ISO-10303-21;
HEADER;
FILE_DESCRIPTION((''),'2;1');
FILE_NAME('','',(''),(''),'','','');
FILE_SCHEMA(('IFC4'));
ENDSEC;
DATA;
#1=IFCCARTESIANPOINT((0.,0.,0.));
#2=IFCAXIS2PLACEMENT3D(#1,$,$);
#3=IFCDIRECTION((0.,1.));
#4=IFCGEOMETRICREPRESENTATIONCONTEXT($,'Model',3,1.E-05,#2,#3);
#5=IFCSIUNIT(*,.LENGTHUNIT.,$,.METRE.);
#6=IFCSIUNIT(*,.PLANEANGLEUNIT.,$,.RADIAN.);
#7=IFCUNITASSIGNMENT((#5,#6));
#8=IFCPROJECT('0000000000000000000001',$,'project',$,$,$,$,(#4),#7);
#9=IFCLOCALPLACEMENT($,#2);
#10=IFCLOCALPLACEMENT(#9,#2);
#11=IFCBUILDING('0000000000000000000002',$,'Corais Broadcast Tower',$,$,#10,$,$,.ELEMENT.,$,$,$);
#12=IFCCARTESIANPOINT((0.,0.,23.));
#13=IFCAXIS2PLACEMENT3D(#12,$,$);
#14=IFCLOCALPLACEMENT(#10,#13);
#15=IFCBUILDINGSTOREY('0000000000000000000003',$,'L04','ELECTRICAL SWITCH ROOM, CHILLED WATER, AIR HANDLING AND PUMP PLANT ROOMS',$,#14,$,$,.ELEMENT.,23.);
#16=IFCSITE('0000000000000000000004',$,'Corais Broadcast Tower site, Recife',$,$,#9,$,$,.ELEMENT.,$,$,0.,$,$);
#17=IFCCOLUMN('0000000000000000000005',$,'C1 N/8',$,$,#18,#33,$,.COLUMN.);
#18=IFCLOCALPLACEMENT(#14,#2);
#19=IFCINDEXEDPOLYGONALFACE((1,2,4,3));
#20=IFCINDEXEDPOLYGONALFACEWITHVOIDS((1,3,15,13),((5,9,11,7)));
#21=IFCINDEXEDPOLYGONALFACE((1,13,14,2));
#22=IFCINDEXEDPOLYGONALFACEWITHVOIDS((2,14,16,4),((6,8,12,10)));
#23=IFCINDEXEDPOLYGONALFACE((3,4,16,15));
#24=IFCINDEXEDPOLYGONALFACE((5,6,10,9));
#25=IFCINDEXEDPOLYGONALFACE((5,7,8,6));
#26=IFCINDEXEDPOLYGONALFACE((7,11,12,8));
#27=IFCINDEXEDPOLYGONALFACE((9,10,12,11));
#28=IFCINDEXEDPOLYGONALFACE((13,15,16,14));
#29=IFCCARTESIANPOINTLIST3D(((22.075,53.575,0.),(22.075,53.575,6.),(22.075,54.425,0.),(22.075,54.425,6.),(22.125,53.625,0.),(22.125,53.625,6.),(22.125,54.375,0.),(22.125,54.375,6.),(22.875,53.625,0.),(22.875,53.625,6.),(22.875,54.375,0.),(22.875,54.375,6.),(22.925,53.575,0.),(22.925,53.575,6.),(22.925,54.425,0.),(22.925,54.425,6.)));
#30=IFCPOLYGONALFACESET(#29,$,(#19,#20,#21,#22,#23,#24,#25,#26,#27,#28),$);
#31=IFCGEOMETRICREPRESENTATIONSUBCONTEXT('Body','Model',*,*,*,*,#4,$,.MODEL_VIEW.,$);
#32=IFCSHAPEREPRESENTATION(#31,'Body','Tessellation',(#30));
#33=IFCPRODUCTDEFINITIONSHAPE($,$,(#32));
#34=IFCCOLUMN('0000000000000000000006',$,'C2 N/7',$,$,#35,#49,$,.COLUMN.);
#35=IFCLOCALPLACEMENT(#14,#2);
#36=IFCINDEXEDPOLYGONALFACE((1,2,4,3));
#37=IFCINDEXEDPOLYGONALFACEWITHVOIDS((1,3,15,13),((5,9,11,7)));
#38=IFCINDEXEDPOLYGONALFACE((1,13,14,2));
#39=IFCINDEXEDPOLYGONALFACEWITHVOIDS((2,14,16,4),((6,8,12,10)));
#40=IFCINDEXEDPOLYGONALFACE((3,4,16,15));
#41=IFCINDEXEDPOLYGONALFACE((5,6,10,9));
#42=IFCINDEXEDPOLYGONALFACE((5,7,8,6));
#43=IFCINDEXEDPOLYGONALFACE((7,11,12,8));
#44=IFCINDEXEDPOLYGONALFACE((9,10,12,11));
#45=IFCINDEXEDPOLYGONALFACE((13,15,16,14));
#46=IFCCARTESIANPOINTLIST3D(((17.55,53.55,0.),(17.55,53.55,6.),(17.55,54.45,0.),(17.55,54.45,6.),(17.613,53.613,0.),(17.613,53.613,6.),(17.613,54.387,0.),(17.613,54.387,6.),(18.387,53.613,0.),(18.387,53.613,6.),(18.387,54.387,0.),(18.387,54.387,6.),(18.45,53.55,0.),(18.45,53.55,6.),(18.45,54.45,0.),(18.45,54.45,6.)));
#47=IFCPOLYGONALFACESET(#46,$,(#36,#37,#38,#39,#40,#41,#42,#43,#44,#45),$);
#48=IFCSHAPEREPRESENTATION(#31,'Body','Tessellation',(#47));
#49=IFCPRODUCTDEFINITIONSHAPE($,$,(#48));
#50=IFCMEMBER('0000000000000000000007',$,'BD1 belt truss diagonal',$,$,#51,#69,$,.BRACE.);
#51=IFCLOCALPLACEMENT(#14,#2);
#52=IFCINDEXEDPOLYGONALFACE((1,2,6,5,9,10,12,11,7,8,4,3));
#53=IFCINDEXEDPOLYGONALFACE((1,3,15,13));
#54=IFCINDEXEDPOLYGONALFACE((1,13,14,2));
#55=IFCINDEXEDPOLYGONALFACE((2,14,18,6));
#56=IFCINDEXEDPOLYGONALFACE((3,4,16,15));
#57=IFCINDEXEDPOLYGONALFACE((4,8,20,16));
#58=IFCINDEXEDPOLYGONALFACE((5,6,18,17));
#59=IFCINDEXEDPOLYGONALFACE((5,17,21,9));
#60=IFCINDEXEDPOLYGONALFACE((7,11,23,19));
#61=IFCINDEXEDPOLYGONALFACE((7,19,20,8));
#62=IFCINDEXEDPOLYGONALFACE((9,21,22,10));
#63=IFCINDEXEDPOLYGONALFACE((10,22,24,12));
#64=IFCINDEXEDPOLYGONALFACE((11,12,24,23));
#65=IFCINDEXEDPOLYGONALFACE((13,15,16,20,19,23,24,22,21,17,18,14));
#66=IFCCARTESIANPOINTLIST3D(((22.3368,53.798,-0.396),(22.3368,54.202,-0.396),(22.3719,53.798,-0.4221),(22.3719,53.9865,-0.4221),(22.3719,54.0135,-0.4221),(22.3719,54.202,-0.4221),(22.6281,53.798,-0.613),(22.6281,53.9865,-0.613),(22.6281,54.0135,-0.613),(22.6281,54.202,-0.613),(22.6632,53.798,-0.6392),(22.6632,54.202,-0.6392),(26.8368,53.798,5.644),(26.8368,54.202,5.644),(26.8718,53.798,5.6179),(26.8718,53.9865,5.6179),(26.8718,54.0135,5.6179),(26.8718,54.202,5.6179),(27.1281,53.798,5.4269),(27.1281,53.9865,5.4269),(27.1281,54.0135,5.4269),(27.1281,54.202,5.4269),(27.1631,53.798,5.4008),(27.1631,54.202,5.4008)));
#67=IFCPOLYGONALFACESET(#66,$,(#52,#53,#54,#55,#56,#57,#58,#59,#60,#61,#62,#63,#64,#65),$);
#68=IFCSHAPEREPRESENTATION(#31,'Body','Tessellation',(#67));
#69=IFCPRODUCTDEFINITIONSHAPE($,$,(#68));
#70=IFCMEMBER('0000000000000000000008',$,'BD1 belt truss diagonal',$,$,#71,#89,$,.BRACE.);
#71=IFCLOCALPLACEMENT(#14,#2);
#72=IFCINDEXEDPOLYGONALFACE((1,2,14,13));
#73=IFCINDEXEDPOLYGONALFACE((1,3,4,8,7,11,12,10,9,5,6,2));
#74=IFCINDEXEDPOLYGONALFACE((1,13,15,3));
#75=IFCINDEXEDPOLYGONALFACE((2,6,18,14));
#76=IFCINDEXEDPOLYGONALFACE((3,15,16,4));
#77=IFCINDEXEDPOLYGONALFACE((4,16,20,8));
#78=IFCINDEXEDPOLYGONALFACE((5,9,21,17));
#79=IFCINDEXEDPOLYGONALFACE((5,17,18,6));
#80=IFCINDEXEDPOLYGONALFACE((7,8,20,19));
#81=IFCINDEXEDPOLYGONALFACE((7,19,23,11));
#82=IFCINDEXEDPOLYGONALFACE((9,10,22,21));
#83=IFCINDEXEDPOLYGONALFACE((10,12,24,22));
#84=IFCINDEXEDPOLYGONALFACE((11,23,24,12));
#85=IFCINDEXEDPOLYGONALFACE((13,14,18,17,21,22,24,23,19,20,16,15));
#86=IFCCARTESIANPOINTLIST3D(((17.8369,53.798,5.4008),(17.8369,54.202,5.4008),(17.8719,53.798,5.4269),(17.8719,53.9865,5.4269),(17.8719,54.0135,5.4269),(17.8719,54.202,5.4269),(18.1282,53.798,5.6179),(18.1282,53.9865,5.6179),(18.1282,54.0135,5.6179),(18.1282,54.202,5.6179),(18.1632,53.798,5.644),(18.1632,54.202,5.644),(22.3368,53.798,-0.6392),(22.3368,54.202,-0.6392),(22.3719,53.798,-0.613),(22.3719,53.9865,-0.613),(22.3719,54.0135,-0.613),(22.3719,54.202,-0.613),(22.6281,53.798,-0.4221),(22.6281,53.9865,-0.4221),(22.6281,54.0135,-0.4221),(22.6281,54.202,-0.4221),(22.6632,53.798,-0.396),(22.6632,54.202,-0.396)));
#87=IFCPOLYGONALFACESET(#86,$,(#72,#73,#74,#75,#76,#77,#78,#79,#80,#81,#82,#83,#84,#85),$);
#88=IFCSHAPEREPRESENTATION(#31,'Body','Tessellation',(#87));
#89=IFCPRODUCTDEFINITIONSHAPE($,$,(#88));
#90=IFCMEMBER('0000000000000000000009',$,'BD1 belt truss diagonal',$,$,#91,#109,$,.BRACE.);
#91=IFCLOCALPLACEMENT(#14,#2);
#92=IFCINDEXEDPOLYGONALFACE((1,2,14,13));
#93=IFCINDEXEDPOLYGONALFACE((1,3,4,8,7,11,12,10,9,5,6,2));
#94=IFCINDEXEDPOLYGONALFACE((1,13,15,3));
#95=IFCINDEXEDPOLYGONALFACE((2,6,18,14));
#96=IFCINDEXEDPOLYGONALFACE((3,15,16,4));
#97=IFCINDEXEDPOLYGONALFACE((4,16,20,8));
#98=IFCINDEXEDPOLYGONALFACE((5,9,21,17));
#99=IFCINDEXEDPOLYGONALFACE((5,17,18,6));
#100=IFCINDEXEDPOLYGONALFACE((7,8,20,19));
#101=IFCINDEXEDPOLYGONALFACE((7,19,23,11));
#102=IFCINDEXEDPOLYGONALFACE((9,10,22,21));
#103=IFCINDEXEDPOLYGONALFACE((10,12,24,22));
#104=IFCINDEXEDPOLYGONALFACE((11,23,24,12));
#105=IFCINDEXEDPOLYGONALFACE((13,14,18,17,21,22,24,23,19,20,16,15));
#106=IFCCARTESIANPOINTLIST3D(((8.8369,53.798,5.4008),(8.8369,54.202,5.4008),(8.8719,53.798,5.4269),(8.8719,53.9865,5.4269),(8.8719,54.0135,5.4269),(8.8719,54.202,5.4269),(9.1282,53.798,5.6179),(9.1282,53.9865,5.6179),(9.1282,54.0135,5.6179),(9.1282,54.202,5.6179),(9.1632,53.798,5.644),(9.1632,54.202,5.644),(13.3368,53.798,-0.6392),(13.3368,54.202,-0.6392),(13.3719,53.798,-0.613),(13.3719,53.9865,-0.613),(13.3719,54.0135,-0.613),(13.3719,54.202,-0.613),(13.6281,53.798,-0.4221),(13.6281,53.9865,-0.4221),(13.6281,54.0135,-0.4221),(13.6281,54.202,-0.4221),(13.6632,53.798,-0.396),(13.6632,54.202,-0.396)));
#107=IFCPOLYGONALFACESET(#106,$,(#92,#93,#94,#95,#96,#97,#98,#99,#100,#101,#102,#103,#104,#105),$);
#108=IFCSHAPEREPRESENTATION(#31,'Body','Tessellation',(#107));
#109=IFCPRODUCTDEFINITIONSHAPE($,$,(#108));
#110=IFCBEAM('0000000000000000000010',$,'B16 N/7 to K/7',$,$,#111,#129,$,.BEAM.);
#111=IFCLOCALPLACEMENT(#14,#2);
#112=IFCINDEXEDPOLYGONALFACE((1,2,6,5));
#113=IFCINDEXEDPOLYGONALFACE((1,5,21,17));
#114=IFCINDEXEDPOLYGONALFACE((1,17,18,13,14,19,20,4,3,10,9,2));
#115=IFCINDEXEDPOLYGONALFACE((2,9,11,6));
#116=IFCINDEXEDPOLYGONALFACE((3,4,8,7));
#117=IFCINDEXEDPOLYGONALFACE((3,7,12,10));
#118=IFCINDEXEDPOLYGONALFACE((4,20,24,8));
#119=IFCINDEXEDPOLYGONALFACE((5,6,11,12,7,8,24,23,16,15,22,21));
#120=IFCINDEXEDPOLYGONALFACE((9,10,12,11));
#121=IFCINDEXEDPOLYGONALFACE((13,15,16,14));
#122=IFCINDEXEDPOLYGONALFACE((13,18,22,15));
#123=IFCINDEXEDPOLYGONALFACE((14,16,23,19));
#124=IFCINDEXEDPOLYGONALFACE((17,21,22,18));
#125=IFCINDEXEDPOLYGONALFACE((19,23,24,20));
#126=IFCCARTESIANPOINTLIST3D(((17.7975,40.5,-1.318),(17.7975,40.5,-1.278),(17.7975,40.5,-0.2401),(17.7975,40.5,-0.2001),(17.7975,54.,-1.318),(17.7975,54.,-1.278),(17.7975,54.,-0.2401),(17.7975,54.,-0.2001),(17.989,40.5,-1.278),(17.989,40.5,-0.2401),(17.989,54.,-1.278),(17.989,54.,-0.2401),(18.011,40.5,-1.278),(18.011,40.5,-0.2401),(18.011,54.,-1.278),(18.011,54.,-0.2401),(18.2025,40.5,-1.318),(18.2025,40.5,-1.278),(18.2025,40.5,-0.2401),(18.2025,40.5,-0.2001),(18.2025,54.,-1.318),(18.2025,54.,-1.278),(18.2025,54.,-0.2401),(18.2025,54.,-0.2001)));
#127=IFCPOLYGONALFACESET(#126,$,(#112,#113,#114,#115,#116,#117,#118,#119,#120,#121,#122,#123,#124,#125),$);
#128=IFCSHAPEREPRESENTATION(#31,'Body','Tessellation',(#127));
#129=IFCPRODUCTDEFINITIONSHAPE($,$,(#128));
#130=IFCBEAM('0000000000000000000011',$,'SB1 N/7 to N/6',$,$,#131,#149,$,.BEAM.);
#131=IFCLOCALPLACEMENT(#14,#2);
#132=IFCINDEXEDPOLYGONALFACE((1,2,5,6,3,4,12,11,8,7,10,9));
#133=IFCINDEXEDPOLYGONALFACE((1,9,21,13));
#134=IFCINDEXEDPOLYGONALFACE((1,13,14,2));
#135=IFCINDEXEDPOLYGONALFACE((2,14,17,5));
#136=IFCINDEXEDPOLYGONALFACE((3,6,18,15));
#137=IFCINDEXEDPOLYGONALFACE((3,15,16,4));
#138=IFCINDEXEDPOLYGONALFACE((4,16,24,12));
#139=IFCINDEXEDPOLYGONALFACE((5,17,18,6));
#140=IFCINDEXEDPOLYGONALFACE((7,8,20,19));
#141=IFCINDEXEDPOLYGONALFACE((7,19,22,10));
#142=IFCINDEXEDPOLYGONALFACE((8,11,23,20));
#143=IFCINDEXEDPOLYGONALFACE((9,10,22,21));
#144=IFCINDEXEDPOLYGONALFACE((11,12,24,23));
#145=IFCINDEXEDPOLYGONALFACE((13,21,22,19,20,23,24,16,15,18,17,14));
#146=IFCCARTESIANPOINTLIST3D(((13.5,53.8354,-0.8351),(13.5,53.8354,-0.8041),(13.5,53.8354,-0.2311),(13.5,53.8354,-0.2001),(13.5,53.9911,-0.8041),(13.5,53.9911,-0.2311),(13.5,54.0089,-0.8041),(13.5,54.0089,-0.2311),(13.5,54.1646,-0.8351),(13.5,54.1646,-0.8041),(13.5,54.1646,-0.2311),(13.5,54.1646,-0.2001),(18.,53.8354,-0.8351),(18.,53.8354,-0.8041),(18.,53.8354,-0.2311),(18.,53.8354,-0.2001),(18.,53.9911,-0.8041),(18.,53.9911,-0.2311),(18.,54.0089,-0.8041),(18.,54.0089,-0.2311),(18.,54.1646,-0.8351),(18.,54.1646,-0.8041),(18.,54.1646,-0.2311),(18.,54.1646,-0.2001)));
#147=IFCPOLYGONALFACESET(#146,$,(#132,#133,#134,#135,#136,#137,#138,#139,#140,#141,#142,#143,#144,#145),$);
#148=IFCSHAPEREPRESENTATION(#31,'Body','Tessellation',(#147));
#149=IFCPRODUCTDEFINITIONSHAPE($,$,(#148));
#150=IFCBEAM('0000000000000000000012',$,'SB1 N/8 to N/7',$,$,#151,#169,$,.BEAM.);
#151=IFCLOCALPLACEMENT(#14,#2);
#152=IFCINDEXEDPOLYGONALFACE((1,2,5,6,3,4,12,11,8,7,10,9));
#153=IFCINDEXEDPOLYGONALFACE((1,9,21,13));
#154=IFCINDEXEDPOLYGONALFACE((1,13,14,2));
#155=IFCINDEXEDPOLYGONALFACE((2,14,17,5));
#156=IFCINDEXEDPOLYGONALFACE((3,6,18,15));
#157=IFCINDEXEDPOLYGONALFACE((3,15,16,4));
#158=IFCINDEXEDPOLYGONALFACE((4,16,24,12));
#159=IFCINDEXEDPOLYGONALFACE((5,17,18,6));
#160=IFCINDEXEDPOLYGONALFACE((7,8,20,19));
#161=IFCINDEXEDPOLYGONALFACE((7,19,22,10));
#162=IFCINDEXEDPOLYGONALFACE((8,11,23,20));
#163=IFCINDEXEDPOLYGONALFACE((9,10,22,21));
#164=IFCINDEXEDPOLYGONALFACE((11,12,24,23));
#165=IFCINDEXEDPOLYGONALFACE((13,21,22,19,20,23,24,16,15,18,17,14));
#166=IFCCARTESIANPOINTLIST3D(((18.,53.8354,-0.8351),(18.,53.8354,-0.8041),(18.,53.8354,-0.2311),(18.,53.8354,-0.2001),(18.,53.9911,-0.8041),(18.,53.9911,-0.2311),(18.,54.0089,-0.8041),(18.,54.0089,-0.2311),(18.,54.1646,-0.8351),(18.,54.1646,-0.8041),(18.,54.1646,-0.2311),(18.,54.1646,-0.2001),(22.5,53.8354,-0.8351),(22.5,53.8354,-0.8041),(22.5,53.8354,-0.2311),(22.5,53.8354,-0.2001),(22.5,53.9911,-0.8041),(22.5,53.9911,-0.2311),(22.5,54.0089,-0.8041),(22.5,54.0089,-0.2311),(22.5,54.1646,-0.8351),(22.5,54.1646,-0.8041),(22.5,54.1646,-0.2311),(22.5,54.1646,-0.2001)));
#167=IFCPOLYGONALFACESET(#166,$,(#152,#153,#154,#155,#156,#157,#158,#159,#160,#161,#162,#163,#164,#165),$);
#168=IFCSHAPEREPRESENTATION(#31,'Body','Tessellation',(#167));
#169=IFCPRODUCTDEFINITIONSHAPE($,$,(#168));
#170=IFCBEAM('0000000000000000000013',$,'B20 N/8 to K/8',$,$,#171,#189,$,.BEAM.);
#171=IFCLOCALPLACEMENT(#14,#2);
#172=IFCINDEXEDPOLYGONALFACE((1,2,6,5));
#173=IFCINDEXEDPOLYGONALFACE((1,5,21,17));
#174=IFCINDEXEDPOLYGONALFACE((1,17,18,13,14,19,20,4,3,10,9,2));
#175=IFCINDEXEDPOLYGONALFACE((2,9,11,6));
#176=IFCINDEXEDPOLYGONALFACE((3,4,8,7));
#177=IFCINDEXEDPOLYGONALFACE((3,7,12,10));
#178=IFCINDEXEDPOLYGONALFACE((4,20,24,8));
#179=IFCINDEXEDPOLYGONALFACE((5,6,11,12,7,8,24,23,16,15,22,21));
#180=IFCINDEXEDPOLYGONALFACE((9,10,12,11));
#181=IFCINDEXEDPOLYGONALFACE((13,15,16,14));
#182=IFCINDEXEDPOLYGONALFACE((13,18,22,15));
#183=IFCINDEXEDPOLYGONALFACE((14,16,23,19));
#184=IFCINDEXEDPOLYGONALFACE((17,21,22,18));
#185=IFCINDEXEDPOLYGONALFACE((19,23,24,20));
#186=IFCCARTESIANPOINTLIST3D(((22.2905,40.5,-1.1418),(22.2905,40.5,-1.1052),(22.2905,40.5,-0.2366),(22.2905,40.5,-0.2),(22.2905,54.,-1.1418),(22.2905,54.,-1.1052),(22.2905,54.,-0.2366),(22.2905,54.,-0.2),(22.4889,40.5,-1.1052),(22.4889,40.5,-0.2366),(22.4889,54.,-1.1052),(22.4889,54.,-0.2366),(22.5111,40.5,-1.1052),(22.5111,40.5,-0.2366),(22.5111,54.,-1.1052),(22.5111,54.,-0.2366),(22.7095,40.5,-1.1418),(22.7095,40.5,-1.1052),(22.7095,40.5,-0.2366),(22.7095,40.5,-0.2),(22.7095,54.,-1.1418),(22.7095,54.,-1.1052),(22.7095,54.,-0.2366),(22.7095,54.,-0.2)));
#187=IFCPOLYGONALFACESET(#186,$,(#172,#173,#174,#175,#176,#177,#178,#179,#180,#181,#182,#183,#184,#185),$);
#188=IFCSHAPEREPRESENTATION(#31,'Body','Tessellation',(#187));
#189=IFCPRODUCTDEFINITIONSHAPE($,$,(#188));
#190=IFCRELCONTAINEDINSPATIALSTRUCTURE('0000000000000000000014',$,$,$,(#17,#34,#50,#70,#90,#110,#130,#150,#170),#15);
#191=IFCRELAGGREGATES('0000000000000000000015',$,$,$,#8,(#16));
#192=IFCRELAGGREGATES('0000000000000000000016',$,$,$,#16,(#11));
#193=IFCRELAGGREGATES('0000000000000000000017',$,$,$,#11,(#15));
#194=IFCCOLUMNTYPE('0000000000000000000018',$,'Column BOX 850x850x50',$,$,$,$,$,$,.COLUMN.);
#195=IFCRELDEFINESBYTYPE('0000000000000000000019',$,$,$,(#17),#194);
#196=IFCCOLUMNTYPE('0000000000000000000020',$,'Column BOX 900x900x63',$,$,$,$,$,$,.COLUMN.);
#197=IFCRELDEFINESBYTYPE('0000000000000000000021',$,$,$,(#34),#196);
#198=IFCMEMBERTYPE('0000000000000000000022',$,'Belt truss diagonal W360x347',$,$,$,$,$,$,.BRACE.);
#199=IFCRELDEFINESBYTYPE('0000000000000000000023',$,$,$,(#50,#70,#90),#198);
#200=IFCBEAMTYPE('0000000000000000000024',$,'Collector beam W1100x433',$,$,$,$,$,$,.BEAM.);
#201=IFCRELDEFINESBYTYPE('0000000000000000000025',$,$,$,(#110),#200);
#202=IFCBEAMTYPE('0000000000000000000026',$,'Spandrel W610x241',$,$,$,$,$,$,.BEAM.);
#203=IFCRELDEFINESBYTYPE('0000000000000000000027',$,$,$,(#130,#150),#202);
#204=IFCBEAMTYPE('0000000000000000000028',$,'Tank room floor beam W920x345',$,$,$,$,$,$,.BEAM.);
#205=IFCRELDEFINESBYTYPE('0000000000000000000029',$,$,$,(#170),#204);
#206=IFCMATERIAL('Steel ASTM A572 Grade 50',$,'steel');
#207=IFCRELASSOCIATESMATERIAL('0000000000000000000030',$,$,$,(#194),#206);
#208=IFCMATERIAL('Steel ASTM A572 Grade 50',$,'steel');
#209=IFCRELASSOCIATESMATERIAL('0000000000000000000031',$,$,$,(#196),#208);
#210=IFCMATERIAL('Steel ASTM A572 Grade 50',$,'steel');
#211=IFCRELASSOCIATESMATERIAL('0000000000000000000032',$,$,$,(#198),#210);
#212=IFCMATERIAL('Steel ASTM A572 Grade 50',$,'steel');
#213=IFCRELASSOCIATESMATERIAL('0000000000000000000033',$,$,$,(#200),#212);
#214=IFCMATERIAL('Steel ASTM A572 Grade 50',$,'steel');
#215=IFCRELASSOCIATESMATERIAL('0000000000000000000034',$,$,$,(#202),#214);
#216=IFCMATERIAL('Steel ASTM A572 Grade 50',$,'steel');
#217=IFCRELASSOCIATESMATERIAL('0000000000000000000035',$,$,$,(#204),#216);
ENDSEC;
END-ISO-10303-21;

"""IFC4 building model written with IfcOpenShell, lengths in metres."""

from ifc_helpers import new_model, si_unit, direction, frame, origin, origin_2d, place, context, subcontext, project, spatial, hollow_rectangle, i_section, extrude, material, material_profile, profile_set, type_object, element, save


model = new_model("IFC4")

# Units and contexts
model_context = context("Model", 3, precision=1e-05, world=origin(), true_north=direction((0.0, 1.0)))
body_context = subcontext(model_context, "Body", "Model", "MODEL_VIEW")
ifc_project = project(units=[si_unit("LENGTHUNIT", "METRE"), si_unit("PLANEANGLEUNIT", "RADIAN")], contexts=[model_context])

# Site, building, storey
site_placement = place(None, origin())
site = spatial("IfcSite", under=ifc_project, at=site_placement, Name="Corais Broadcast Tower site, Recife", CompositionType="ELEMENT", RefElevation=0.0)
building_placement = place(site_placement, origin())
building = spatial("IfcBuilding", under=site, at=building_placement, Name="Corais Broadcast Tower", CompositionType="ELEMENT")
storey_placement = place(building_placement, frame((0.0, 0.0, 23.0)))
storey = spatial("IfcBuildingStorey", under=building, at=storey_placement, Name="L04", Description="ELECTRICAL SWITCH ROOM, CHILLED WATER, AIR HANDLING AND PUMP PLANT ROOMS", CompositionType="ELEMENT", Elevation=23.0)

# Columns
ifc_material_1 = material(Name="Steel ASTM A572 Grade 50", Category="steel")
ifc_material_profile_1 = material_profile(ifc_material_1, hollow_rectangle(XDim=0.8501, YDim=0.8501, WallThickness=0.05, at=origin_2d()), Name="BOX 850x850x50")
ifc_profile_set_1 = profile_set([ifc_material_profile_1], Name="Steel ASTM A572 Grade 50")
column_type_1 = type_object("IfcColumnType", Name="Column BOX 850x850x50", PredefinedType="COLUMN", material=ifc_profile_set_1)
column_1_placement = place(storey_placement, frame((22.5, 54.0, 0.0), z_axis=(0.0, 0.0, 1.0), x_axis=(1.0, 0.0, 0.0)))
element("IfcColumn", 1, at=column_1_placement, inside=storey, type_object=column_type_1, Name="C1 N/8", PredefinedType="COLUMN", context=body_context, shape_type="SweptSolid", body=[
    extrude(hollow_rectangle(XDim=0.8501, YDim=0.8501, WallThickness=0.05, at=origin_2d()), origin(), (0.0, 0.0, 1.0), 6.0),
])
ifc_material_2 = material(Name="Steel ASTM A572 Grade 50", Category="steel")
ifc_material_profile_2 = material_profile(ifc_material_2, hollow_rectangle(XDim=0.8999, YDim=0.8999, WallThickness=0.063, at=origin_2d()), Name="BOX 900x900x63")
ifc_profile_set_2 = profile_set([ifc_material_profile_2], Name="Steel ASTM A572 Grade 50")
column_type_2 = type_object("IfcColumnType", Name="Column BOX 900x900x63", PredefinedType="COLUMN", material=ifc_profile_set_2)
column_2_placement = place(storey_placement, frame((18.0, 54.0, 0.0), z_axis=(0.0, 0.0, 1.0), x_axis=(1.0, 0.0, 0.0)))
element("IfcColumn", 2, at=column_2_placement, inside=storey, type_object=column_type_2, Name="C2 N/7", PredefinedType="COLUMN", context=body_context, shape_type="SweptSolid", body=[
    extrude(hollow_rectangle(XDim=0.8999, YDim=0.8999, WallThickness=0.063, at=origin_2d()), origin(), (0.0, 0.0, 1.0), 6.0),
])

# Members
ifc_material_3 = material(Name="Steel ASTM A572 Grade 50", Category="steel")
ifc_material_profile_3 = material_profile(ifc_material_3, i_section(OverallWidth=0.4041, OverallDepth=0.407, WebThickness=0.0271, FlangeThickness=0.0437, at=origin_2d()), Name="W360x347")
ifc_profile_set_3 = profile_set([ifc_material_profile_3], Name="Steel ASTM A572 Grade 50")
member_type = type_object("IfcMemberType", Name="Belt truss diagonal W360x347", PredefinedType="BRACE", material=ifc_profile_set_3)
for number, where, z_axis, x_axis, name in (
    (3, (22.5, 54.0, -0.5176), (0.597445, 0.0, 0.80191), (0.0, 1.0, 0.0), "BD1 belt truss diagonal"),
    (4, (22.5, 54.0, -0.5176), (-0.597445, 0.0, 0.80191), (0.0, -1.0, 0.0), "BD1 belt truss diagonal"),
    (5, (13.5, 54.0, -0.5176), (-0.597445, 0.0, 0.80191), (0.0, -1.0, 0.0), "BD1 belt truss diagonal"),
):
    element("IfcMember", number, at=place(storey_placement, frame(where, z_axis=z_axis, x_axis=x_axis)), inside=storey, type_object=member_type, Name=name, PredefinedType="BRACE", context=body_context, shape_type="SweptSolid", body=[
        extrude(i_section(OverallWidth=0.4041, OverallDepth=0.407, WebThickness=0.0271, FlangeThickness=0.0437, at=origin_2d()), origin(), (0.0, 0.0, 1.0), 7.532),
    ])

# Beams
ifc_material_4 = material(Name="Steel ASTM A572 Grade 50", Category="steel")
ifc_material_profile_4 = material_profile(ifc_material_4, i_section(OverallWidth=0.405, OverallDepth=1.1179, WebThickness=0.022, FlangeThickness=0.04, at=origin_2d()), Name="W1100x433")
ifc_profile_set_4 = profile_set([ifc_material_profile_4], Name="Steel ASTM A572 Grade 50")
beam_type_1 = type_object("IfcBeamType", Name="Collector beam W1100x433", PredefinedType="BEAM", material=ifc_profile_set_4)
beam_1_placement = place(storey_placement, frame((18.0, 54.0, -0.759), z_axis=(0.0, -1.0, 0.0), x_axis=(1.0, 0.0, 0.0)))
element("IfcBeam", 6, at=beam_1_placement, inside=storey, type_object=beam_type_1, Name="B16 N/7 to K/7", PredefinedType="BEAM", context=body_context, shape_type="SweptSolid", body=[
    extrude(i_section(OverallWidth=0.405, OverallDepth=1.1179, WebThickness=0.022, FlangeThickness=0.04, at=origin_2d()), origin(), (0.0, 0.0, 1.0), 13.5),
])
ifc_material_5 = material(Name="Steel ASTM A572 Grade 50", Category="steel")
ifc_material_profile_5 = material_profile(ifc_material_5, i_section(OverallWidth=0.3291, OverallDepth=0.635, WebThickness=0.0178, FlangeThickness=0.031, at=origin_2d()), Name="W610x241")
ifc_profile_set_5 = profile_set([ifc_material_profile_5], Name="Steel ASTM A572 Grade 50")
beam_type_2 = type_object("IfcBeamType", Name="Spandrel W610x241", PredefinedType="BEAM", material=ifc_profile_set_5)
for number, where, z_axis, x_axis, name in (
    (7, (18.0, 54.0, -0.5176), (-1.0, 0.0, 0.0), (0.0, -1.0, 0.0), "SB1 N/7 to N/6"),
    (8, (22.5, 54.0, -0.5176), (-1.0, 0.0, 0.0), (0.0, -1.0, 0.0), "SB1 N/8 to N/7"),
):
    element("IfcBeam", number, at=place(storey_placement, frame(where, z_axis=z_axis, x_axis=x_axis)), inside=storey, type_object=beam_type_2, Name=name, PredefinedType="BEAM", context=body_context, shape_type="SweptSolid", body=[
        extrude(i_section(OverallWidth=0.3291, OverallDepth=0.635, WebThickness=0.0178, FlangeThickness=0.031, at=origin_2d()), origin(), (0.0, 0.0, 1.0), 4.5),
    ])
ifc_material_6 = material(Name="Steel ASTM A572 Grade 50", Category="steel")
ifc_material_profile_6 = material_profile(ifc_material_6, i_section(OverallWidth=0.4189, OverallDepth=0.9419, WebThickness=0.0222, FlangeThickness=0.0366, at=origin_2d()), Name="W920x345")
ifc_profile_set_6 = profile_set([ifc_material_profile_6], Name="Steel ASTM A572 Grade 50")
beam_type_3 = type_object("IfcBeamType", Name="Tank room floor beam W920x345", PredefinedType="BEAM", material=ifc_profile_set_6)
beam_2_placement = place(storey_placement, frame((22.5, 54.0, -0.6709), z_axis=(0.0, -1.0, 0.0), x_axis=(1.0, 0.0, 0.0)))
element("IfcBeam", 9, at=beam_2_placement, inside=storey, type_object=beam_type_3, Name="B20 N/8 to K/8", PredefinedType="BEAM", context=body_context, shape_type="SweptSolid", body=[
    extrude(i_section(OverallWidth=0.4189, OverallDepth=0.9419, WebThickness=0.0222, FlangeThickness=0.0366, at=origin_2d()), origin(), (0.0, 0.0, 1.0), 13.5),
])

save(model, "model.ifc")
